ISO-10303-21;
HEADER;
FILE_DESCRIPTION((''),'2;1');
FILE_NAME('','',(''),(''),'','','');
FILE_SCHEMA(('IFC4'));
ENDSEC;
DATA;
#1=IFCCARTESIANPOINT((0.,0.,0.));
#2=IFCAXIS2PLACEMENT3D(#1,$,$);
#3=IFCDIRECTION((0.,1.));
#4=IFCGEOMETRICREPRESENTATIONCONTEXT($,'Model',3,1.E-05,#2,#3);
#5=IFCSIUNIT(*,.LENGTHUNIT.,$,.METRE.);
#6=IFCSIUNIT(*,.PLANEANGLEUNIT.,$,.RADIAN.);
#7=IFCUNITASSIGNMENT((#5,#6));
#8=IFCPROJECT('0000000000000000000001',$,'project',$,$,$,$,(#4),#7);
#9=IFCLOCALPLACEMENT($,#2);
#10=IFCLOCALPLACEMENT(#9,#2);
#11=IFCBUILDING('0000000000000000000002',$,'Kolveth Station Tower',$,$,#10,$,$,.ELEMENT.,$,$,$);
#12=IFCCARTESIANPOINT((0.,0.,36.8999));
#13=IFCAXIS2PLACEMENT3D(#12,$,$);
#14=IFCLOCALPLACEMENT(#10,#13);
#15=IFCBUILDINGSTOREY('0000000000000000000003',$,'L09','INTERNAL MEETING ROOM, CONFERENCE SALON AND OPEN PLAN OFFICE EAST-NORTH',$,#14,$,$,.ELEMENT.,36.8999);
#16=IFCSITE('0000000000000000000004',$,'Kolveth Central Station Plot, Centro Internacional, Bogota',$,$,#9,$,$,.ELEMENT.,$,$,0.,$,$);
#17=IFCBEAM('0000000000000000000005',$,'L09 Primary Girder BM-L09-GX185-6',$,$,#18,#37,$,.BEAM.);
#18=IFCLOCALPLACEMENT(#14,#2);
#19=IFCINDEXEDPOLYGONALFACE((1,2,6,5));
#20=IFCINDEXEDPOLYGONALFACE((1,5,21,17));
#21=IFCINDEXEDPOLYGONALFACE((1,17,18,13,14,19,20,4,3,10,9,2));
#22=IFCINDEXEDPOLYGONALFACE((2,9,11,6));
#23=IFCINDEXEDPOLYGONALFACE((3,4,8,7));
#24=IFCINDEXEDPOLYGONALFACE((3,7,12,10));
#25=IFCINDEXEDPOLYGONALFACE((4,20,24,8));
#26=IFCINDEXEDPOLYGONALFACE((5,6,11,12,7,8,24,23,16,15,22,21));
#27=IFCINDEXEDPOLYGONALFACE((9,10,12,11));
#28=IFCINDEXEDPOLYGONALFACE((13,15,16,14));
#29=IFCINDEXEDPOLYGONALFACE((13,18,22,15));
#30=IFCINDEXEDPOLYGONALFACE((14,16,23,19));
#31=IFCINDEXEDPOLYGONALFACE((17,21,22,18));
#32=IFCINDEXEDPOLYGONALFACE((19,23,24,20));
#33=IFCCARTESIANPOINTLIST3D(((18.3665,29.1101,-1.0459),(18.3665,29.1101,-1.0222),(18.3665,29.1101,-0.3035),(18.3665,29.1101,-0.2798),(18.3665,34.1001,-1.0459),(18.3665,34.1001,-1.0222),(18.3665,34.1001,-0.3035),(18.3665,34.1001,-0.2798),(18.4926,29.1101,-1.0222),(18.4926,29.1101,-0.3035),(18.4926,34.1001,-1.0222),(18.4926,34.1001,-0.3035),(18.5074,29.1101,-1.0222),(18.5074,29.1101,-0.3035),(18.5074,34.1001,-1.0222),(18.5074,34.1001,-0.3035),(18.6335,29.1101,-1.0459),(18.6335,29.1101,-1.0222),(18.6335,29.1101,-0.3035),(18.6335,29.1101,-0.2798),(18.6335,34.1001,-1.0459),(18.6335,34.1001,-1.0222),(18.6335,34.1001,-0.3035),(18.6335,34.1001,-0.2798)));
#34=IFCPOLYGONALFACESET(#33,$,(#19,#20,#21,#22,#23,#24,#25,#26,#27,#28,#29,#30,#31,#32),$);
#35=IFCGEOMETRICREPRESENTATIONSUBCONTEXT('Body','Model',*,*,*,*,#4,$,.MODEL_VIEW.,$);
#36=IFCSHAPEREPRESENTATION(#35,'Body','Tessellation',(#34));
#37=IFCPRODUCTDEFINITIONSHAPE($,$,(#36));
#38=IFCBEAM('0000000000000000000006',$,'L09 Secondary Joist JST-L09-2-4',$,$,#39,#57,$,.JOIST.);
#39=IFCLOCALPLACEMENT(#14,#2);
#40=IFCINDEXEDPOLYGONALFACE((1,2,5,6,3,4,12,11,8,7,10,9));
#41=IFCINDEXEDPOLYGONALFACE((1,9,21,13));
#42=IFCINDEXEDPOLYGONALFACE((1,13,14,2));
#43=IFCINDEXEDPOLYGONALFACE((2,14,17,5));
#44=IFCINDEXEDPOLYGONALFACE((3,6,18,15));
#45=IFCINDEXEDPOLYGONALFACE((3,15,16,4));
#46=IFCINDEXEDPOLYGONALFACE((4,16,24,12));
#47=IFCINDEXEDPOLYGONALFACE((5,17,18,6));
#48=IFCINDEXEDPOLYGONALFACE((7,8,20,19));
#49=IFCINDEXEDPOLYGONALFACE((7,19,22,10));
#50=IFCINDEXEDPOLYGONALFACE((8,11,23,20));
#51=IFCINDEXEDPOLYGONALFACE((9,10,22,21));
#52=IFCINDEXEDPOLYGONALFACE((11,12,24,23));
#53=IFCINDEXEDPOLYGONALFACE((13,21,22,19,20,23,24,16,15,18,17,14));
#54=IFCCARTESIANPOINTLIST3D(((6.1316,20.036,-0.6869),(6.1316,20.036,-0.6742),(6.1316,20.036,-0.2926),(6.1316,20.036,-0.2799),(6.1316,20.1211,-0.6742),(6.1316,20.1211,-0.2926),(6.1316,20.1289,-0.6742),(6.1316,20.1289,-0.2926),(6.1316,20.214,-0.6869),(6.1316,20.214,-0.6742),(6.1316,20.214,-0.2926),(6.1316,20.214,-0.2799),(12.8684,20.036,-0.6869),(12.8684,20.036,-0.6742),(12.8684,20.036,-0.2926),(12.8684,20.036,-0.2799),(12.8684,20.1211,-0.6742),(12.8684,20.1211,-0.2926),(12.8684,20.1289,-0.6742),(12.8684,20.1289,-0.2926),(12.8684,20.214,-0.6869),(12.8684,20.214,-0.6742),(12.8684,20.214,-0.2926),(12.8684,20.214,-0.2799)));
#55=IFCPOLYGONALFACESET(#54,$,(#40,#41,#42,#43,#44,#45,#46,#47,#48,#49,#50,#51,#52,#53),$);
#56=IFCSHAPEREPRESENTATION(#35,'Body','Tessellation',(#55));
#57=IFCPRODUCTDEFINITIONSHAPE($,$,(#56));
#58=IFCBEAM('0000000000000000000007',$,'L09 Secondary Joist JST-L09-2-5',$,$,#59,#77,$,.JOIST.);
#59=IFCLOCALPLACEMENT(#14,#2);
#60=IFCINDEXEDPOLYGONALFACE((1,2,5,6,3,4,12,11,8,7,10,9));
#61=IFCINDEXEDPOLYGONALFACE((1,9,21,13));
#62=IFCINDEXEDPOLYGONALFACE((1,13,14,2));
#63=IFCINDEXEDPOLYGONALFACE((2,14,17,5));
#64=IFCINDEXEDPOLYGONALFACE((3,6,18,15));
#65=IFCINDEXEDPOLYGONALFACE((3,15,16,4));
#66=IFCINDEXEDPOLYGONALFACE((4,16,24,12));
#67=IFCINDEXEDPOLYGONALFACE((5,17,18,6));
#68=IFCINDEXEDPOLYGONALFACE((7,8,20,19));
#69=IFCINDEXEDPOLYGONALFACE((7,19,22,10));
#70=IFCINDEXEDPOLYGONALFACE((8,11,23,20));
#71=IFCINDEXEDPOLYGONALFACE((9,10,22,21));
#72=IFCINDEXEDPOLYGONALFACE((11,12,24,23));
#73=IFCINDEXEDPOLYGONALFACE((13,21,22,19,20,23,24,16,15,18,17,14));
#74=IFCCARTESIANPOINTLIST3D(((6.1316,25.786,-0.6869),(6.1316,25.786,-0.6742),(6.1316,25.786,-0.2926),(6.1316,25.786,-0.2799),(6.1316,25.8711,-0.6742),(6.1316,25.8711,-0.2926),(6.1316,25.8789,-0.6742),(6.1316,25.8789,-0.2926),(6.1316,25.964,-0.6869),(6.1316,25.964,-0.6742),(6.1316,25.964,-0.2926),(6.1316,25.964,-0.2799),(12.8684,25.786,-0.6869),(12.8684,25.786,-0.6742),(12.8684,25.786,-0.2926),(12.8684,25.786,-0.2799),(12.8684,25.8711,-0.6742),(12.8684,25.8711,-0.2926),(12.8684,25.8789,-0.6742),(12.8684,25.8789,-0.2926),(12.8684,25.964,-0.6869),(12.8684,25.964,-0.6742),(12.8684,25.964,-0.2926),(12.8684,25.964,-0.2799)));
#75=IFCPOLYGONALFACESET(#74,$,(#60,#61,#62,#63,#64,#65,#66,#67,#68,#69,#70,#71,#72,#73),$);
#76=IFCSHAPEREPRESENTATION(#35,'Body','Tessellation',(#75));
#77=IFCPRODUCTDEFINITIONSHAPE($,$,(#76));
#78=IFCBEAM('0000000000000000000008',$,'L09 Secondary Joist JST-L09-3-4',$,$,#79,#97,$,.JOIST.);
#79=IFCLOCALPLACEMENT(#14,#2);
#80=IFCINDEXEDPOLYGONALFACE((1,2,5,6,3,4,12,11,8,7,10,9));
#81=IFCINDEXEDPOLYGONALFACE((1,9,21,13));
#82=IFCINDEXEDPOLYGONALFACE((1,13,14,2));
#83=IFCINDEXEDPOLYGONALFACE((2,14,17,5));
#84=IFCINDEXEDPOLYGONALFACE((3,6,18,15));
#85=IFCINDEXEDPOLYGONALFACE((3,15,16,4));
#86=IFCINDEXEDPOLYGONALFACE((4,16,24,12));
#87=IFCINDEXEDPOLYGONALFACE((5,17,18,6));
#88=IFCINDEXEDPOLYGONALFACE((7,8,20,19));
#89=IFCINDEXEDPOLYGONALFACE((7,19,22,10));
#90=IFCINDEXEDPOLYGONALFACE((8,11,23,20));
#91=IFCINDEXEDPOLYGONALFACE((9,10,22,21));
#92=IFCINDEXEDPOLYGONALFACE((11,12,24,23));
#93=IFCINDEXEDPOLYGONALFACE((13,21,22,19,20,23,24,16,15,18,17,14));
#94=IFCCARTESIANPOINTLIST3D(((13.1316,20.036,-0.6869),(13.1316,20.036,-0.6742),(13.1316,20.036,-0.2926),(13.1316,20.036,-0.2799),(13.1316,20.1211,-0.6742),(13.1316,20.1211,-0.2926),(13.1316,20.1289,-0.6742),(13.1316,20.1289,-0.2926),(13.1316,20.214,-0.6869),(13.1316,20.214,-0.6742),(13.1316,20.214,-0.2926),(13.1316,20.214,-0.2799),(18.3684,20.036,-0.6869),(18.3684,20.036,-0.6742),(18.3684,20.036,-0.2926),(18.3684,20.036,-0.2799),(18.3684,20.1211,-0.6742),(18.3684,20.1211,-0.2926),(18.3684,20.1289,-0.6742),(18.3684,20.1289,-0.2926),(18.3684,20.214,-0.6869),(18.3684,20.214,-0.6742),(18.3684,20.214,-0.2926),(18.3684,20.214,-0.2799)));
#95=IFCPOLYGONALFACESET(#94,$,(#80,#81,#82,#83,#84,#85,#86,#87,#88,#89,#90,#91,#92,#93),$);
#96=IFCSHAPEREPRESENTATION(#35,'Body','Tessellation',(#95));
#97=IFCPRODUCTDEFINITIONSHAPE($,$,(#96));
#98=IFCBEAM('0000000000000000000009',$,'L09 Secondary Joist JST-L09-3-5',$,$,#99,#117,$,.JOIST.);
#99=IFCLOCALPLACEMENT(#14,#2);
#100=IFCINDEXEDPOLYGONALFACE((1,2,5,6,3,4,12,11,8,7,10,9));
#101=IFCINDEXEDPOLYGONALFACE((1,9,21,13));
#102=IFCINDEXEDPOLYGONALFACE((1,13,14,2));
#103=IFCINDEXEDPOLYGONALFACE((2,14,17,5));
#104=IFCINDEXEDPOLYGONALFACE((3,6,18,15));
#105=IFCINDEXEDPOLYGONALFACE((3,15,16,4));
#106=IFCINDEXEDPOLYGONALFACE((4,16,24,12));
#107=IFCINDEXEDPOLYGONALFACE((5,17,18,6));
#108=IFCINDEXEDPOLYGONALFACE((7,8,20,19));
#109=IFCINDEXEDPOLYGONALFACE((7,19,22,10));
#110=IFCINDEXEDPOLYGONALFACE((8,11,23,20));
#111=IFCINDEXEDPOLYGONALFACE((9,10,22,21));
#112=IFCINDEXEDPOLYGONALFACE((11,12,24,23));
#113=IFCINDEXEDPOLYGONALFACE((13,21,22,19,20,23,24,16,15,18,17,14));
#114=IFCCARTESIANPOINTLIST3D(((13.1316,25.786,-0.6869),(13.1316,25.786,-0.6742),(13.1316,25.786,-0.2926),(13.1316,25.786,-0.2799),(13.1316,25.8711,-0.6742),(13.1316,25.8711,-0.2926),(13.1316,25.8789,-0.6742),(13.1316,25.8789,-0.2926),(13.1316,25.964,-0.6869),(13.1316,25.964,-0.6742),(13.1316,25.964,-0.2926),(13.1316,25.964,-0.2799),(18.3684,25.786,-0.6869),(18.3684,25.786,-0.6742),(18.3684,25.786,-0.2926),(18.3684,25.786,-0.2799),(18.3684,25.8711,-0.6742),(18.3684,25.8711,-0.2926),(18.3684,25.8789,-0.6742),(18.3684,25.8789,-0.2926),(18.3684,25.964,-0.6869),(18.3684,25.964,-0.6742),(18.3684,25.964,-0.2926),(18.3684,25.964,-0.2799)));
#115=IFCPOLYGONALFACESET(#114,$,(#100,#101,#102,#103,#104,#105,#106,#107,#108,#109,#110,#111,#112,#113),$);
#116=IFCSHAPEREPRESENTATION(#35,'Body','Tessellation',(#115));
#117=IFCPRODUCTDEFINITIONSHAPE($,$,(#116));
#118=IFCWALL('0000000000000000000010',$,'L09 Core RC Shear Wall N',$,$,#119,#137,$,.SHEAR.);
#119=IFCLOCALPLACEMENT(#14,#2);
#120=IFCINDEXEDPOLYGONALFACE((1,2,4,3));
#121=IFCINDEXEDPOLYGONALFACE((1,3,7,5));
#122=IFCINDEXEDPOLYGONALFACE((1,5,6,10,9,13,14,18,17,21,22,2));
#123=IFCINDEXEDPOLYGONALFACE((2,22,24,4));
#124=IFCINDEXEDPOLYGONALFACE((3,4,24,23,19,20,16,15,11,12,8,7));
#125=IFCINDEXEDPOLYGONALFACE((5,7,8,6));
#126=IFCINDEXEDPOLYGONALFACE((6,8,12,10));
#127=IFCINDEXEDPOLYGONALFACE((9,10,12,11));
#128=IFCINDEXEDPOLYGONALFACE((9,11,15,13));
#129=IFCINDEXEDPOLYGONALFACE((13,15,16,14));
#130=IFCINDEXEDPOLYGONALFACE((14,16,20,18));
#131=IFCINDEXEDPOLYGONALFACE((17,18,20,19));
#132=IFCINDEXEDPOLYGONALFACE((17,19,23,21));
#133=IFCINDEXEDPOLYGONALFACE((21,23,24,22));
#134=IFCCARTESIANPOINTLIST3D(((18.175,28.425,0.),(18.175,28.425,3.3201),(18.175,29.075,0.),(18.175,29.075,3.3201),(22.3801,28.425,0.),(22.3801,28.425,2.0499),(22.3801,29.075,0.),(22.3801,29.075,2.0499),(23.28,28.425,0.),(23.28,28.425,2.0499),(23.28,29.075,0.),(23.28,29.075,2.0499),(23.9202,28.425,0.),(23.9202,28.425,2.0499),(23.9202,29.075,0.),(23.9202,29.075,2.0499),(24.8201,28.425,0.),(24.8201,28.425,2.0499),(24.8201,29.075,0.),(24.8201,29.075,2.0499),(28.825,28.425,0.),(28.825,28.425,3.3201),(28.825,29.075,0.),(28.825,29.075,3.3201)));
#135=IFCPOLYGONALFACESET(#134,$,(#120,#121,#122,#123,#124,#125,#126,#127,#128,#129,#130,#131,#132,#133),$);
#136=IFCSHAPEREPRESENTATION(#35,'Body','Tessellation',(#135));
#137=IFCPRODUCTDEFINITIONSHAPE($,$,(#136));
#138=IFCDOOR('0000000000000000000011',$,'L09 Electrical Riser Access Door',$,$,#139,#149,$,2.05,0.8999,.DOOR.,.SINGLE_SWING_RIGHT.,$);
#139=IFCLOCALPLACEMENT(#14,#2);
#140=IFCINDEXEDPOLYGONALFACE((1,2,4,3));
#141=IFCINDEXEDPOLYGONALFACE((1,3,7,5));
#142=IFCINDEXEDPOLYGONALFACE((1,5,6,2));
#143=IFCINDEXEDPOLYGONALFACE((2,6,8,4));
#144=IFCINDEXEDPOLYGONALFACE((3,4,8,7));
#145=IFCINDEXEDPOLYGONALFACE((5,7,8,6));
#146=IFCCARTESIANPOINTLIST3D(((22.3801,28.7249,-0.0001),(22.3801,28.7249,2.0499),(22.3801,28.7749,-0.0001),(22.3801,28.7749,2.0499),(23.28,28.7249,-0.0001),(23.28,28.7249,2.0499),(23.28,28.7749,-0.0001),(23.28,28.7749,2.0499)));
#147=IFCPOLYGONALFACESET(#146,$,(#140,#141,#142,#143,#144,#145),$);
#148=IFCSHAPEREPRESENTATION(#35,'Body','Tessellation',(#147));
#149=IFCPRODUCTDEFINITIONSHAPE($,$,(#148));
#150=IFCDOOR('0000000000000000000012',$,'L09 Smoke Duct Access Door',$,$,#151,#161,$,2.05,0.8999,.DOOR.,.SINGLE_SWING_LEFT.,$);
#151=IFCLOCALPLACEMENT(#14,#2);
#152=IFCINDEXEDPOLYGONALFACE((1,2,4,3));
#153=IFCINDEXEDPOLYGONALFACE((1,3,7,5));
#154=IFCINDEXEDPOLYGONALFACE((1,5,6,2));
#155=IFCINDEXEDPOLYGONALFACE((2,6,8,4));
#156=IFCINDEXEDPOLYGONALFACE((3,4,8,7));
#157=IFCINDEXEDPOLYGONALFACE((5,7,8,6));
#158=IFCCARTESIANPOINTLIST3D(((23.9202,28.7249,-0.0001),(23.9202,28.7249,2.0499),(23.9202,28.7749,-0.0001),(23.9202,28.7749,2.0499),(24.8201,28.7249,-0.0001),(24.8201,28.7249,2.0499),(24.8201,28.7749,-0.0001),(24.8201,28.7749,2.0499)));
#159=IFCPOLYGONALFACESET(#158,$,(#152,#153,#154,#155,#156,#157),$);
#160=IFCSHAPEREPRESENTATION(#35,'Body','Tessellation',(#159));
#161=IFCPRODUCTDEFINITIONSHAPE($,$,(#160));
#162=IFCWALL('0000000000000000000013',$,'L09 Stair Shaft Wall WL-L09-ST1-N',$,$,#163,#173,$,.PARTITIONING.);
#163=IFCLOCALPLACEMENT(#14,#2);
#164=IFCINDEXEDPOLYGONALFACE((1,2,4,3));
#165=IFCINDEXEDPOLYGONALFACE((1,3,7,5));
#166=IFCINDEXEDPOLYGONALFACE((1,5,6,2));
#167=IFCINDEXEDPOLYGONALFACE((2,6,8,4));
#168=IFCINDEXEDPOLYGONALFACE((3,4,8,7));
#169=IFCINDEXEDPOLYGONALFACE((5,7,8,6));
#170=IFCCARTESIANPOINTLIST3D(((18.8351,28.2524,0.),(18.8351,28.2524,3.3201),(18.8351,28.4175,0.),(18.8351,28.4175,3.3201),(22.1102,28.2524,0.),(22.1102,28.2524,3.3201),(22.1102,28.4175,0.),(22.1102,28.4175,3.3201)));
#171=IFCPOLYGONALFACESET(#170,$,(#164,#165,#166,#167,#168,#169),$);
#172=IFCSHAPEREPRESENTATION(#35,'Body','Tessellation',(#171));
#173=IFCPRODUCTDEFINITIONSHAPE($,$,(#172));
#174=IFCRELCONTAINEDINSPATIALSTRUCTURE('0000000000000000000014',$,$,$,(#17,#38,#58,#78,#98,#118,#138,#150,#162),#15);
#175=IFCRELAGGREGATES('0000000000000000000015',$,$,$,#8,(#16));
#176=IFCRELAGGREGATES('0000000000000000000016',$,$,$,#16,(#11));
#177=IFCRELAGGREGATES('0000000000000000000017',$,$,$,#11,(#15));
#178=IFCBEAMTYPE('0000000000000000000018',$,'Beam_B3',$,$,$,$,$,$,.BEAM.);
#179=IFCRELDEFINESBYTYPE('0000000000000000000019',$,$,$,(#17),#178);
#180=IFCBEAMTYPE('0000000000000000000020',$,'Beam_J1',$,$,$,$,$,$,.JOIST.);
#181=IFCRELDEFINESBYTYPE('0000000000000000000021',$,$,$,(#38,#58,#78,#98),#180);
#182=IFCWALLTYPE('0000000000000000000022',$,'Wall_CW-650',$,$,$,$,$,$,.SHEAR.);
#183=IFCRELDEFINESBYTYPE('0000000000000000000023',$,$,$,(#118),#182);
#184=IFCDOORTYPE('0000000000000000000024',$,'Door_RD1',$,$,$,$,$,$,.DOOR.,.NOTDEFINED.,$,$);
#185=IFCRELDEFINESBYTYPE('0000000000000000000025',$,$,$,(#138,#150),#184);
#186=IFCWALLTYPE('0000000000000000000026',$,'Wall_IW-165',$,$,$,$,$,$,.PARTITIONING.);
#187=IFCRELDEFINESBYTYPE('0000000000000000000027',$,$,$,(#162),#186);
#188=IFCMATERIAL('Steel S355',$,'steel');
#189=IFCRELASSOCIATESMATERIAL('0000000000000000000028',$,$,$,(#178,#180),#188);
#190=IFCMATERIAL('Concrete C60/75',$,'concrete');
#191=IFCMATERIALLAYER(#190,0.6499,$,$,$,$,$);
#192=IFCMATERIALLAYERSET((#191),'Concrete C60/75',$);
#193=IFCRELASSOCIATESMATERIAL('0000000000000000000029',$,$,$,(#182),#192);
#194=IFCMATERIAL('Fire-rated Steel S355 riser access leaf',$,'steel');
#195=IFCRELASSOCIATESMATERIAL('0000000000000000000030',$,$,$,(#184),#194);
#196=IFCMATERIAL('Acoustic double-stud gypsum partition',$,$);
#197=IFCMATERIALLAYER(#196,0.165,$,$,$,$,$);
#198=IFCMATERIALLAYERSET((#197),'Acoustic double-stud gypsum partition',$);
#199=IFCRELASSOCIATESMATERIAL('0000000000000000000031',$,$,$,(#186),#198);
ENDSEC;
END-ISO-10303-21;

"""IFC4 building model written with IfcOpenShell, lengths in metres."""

from ifc_helpers import new_model, si_unit, direction, frame, frame_2d, origin, origin_2d, place, context, subcontext, project, spatial, rectangle, i_section, extrude, source, transform, mapped, material, layer, layer_set, material_profile, profile_set, type_object, element, fill, save


model = new_model("IFC4")

# Units and contexts
model_context = context("Model", 3, precision=1e-05, world=origin(), true_north=direction((0.0, 1.0)))
body_context = subcontext(model_context, "Body", "Model", "MODEL_VIEW")
ifc_project = project(units=[si_unit("LENGTHUNIT", "METRE"), si_unit("PLANEANGLEUNIT", "RADIAN")], contexts=[model_context])

# Site, building, storey
site_placement = place(None, origin())
site = spatial("IfcSite", under=ifc_project, at=site_placement, Name="Kolveth Central Station Plot, Centro Internacional, Bogota", CompositionType="ELEMENT", RefElevation=0.0)
building_placement = place(site_placement, origin())
building = spatial("IfcBuilding", under=site, at=building_placement, Name="Kolveth Station Tower", CompositionType="ELEMENT")
storey_placement = place(building_placement, frame((0.0, 0.0, 36.8999)))
storey = spatial("IfcBuildingStorey", under=building, at=storey_placement, Name="L09", Description="INTERNAL MEETING ROOM, CONFERENCE SALON AND OPEN PLAN OFFICE EAST-NORTH", CompositionType="ELEMENT", Elevation=36.8999)

# Beams
ifc_material_1 = material(Name="Steel S355", Category="steel")
ifc_material_profile_1 = material_profile(ifc_material_1, i_section(OverallWidth=0.2671, OverallDepth=0.7661, WebThickness=0.0149, FlangeThickness=0.0237, at=origin_2d()), Name="W760x185")
ifc_profile_set_1 = profile_set([ifc_material_profile_1], Name="Steel S355")
beam_type_1 = type_object("IfcBeamType", Name="Beam_B3", PredefinedType="BEAM", material=ifc_profile_set_1)
shared_shape_1 = source(origin(), body_context, "Body", "SweptSolid", [
    extrude(i_section(OverallWidth=0.2671, OverallDepth=0.7661, WebThickness=0.0149, FlangeThickness=0.0237, at=origin_2d()), origin(), (0.0, 0.0, 1.0), 4.99),
])
beam_1_placement = place(storey_placement, frame((18.5, 29.1101, -0.6628), z_axis=(0.0, 1.0, 0.0), x_axis=(-1.0, 0.0, 0.0)))
element("IfcBeam", 1, at=beam_1_placement, inside=storey, type_object=beam_type_1, Name="L09 Primary Girder BM-L09-GX185-6", PredefinedType="BEAM", context=body_context, shape_type="MappedRepresentation", body=[
    mapped(shared_shape_1, transform((0.0, 0.0, 0.0), x_axis=(1.0, 0.0, 0.0), y_axis=(0.0, 1.0, 0.0), z_axis=(0.0, 0.0, 1.0), scale=1.0)),
])
ifc_material_profile_2 = material_profile(ifc_material_1, i_section(OverallWidth=0.178, OverallDepth=0.407, WebThickness=0.0078, FlangeThickness=0.0127, at=origin_2d()), Name="W410x60")
ifc_profile_set_2 = profile_set([ifc_material_profile_2], Name="Steel S355")
beam_type_2 = type_object("IfcBeamType", Name="Beam_J1", PredefinedType="JOIST", material=ifc_profile_set_2)
shared_shape_2 = source(origin(), body_context, "Body", "SweptSolid", [
    extrude(i_section(OverallWidth=0.178, OverallDepth=0.407, WebThickness=0.0078, FlangeThickness=0.0127, at=origin_2d()), origin(), (0.0, 0.0, 1.0), 6.7368),
])
for number, where, z_axis, x_axis, name in (
    (2, (6.1316, 20.125, -0.4834), (1.0, 0.0, 0.0), (0.0, 1.0, 0.0), "L09 Secondary Joist JST-L09-2-4"),
    (3, (6.1316, 25.875, -0.4834), (1.0, 0.0, 0.0), (0.0, 1.0, 0.0), "L09 Secondary Joist JST-L09-2-5"),
):
    element("IfcBeam", number, at=place(storey_placement, frame(where, z_axis=z_axis, x_axis=x_axis)), inside=storey, type_object=beam_type_2, Name=name, PredefinedType="JOIST", context=body_context, shape_type="MappedRepresentation", body=[
        mapped(shared_shape_2, transform((0.0, 0.0, 0.0), x_axis=(1.0, 0.0, 0.0), y_axis=(0.0, 1.0, 0.0), z_axis=(0.0, 0.0, 1.0), scale=1.0)),
    ])
shared_shape_3 = source(origin(), body_context, "Body", "SweptSolid", [
    extrude(i_section(OverallWidth=0.178, OverallDepth=0.407, WebThickness=0.0078, FlangeThickness=0.0127, at=origin_2d()), origin(), (0.0, 0.0, 1.0), 5.2368),
])
for number, where, z_axis, x_axis, name in (
    (4, (13.1316, 20.125, -0.4834), (1.0, 0.0, 0.0), (0.0, 1.0, 0.0), "L09 Secondary Joist JST-L09-3-4"),
    (5, (13.1316, 25.875, -0.4834), (1.0, 0.0, 0.0), (0.0, 1.0, 0.0), "L09 Secondary Joist JST-L09-3-5"),
):
    element("IfcBeam", number, at=place(storey_placement, frame(where, z_axis=z_axis, x_axis=x_axis)), inside=storey, type_object=beam_type_2, Name=name, PredefinedType="JOIST", context=body_context, shape_type="MappedRepresentation", body=[
        mapped(shared_shape_3, transform((0.0, 0.0, 0.0), x_axis=(1.0, 0.0, 0.0), y_axis=(0.0, 1.0, 0.0), z_axis=(0.0, 0.0, 1.0), scale=1.0)),
    ])

# Wall, openings, doors
ifc_material_2 = material(Name="Concrete C60/75", Category="concrete")
ifc_layer_1 = layer(ifc_material_2, 0.6499)
ifc_layer_set_1 = layer_set([ifc_layer_1], Name="Concrete C60/75")
wall_type_1 = type_object("IfcWallType", Name="Wall_CW-650", PredefinedType="SHEAR", material=ifc_layer_set_1)
wall_1_placement = place(storey_placement, frame((18.175, 28.75, 0.0), z_axis=(0.0, 0.0, 1.0), x_axis=(1.0, 0.0, 0.0)))
wall_1 = element("IfcWall", 6, at=wall_1_placement, inside=storey, type_object=wall_type_1, Name="L09 Core RC Shear Wall N", PredefinedType="SHEAR", context=body_context, shape_type="SweptSolid", body=[
    extrude(rectangle(XDim=10.6499, YDim=0.6499, at=frame_2d((5.325, 0.0))), origin(), (0.0, 0.0, 1.0), 3.3201),
])
opening_1_placement = place(wall_1_placement, frame((4.2051, 0.0, 0.0)))
opening_1 = element("IfcOpeningElement", 7, at=opening_1_placement, cuts=wall_1, PredefinedType="OPENING", context=body_context, shape_type="SweptSolid", body=[
    extrude(rectangle(XDim=0.8999, YDim=2.05, at=frame_2d((0.45, 1.0249))), frame((0.0, 0.335, 0.0), z_axis=(0.0, -1.0, 0.0), x_axis=(1.0, 0.0, 0.0)), (0.0, 0.0, 1.0), 0.6699),
])
opening_2_placement = place(wall_1_placement, frame((5.7451, 0.0, 0.0)))
opening_2 = element("IfcOpeningElement", 8, at=opening_2_placement, cuts=wall_1, PredefinedType="OPENING", context=body_context, shape_type="SweptSolid", body=[
    extrude(rectangle(XDim=0.8999, YDim=2.05, at=frame_2d((0.45, 1.0249))), frame((0.0, 0.335, 0.0), z_axis=(0.0, -1.0, 0.0), x_axis=(1.0, 0.0, 0.0)), (0.0, 0.0, 1.0), 0.6699),
])
ifc_material_3 = material(Name="Fire-rated Steel S355 riser access leaf", Category="steel")
door_type_1 = type_object("IfcDoorType", Name="Door_RD1", OperationType="NOTDEFINED", PredefinedType="DOOR", material=ifc_material_3)
door_1_placement = place(opening_1_placement, origin())
door_1 = element("IfcDoor", 9, at=door_1_placement, inside=storey, type_object=door_type_1, Name="L09 Electrical Riser Access Door", OperationType="SINGLE_SWING_RIGHT", OverallHeight=2.05, OverallWidth=0.8999, PredefinedType="DOOR", context=body_context, shape_type="SweptSolid", body=[
    extrude(rectangle(XDim=0.8999, YDim=2.05, at=frame_2d((0.45, 1.0249))), frame((0.0, 0.0249, 0.0), z_axis=(0.0, -1.0, 0.0), x_axis=(1.0, 0.0, 0.0)), (0.0, 0.0, 1.0), 0.05),
])
fill(opening_1, door_1)
door_2_placement = place(opening_2_placement, origin())
door_2 = element("IfcDoor", 10, at=door_2_placement, inside=storey, type_object=door_type_1, Name="L09 Smoke Duct Access Door", OperationType="SINGLE_SWING_LEFT", OverallHeight=2.05, OverallWidth=0.8999, PredefinedType="DOOR", context=body_context, shape_type="SweptSolid", body=[
    extrude(rectangle(XDim=0.8999, YDim=2.05, at=frame_2d((0.45, 1.0249))), frame((0.0, 0.0249, 0.0), z_axis=(0.0, -1.0, 0.0), x_axis=(1.0, 0.0, 0.0)), (0.0, 0.0, 1.0), 0.05),
])
fill(opening_2, door_2)

# Wall
ifc_material_4 = material(Name="Acoustic double-stud gypsum partition")
ifc_layer_2 = layer(ifc_material_4, 0.165)
ifc_layer_set_2 = layer_set([ifc_layer_2], Name="Acoustic double-stud gypsum partition")
wall_type_2 = type_object("IfcWallType", Name="Wall_IW-165", PredefinedType="PARTITIONING", material=ifc_layer_set_2)
wall_2_placement = place(storey_placement, frame((18.835, 28.335, 0.0), z_axis=(0.0, 0.0, 1.0), x_axis=(1.0, 0.0, 0.0)))
element("IfcWall", 11, at=wall_2_placement, inside=storey, type_object=wall_type_2, Name="L09 Stair Shaft Wall WL-L09-ST1-N", PredefinedType="PARTITIONING", context=body_context, shape_type="SweptSolid", body=[
    extrude(rectangle(XDim=3.2751, YDim=0.165, at=frame_2d((1.6377, 0.0))), origin(), (0.0, 0.0, 1.0), 3.3201),
])

save(model, "model.ifc")
